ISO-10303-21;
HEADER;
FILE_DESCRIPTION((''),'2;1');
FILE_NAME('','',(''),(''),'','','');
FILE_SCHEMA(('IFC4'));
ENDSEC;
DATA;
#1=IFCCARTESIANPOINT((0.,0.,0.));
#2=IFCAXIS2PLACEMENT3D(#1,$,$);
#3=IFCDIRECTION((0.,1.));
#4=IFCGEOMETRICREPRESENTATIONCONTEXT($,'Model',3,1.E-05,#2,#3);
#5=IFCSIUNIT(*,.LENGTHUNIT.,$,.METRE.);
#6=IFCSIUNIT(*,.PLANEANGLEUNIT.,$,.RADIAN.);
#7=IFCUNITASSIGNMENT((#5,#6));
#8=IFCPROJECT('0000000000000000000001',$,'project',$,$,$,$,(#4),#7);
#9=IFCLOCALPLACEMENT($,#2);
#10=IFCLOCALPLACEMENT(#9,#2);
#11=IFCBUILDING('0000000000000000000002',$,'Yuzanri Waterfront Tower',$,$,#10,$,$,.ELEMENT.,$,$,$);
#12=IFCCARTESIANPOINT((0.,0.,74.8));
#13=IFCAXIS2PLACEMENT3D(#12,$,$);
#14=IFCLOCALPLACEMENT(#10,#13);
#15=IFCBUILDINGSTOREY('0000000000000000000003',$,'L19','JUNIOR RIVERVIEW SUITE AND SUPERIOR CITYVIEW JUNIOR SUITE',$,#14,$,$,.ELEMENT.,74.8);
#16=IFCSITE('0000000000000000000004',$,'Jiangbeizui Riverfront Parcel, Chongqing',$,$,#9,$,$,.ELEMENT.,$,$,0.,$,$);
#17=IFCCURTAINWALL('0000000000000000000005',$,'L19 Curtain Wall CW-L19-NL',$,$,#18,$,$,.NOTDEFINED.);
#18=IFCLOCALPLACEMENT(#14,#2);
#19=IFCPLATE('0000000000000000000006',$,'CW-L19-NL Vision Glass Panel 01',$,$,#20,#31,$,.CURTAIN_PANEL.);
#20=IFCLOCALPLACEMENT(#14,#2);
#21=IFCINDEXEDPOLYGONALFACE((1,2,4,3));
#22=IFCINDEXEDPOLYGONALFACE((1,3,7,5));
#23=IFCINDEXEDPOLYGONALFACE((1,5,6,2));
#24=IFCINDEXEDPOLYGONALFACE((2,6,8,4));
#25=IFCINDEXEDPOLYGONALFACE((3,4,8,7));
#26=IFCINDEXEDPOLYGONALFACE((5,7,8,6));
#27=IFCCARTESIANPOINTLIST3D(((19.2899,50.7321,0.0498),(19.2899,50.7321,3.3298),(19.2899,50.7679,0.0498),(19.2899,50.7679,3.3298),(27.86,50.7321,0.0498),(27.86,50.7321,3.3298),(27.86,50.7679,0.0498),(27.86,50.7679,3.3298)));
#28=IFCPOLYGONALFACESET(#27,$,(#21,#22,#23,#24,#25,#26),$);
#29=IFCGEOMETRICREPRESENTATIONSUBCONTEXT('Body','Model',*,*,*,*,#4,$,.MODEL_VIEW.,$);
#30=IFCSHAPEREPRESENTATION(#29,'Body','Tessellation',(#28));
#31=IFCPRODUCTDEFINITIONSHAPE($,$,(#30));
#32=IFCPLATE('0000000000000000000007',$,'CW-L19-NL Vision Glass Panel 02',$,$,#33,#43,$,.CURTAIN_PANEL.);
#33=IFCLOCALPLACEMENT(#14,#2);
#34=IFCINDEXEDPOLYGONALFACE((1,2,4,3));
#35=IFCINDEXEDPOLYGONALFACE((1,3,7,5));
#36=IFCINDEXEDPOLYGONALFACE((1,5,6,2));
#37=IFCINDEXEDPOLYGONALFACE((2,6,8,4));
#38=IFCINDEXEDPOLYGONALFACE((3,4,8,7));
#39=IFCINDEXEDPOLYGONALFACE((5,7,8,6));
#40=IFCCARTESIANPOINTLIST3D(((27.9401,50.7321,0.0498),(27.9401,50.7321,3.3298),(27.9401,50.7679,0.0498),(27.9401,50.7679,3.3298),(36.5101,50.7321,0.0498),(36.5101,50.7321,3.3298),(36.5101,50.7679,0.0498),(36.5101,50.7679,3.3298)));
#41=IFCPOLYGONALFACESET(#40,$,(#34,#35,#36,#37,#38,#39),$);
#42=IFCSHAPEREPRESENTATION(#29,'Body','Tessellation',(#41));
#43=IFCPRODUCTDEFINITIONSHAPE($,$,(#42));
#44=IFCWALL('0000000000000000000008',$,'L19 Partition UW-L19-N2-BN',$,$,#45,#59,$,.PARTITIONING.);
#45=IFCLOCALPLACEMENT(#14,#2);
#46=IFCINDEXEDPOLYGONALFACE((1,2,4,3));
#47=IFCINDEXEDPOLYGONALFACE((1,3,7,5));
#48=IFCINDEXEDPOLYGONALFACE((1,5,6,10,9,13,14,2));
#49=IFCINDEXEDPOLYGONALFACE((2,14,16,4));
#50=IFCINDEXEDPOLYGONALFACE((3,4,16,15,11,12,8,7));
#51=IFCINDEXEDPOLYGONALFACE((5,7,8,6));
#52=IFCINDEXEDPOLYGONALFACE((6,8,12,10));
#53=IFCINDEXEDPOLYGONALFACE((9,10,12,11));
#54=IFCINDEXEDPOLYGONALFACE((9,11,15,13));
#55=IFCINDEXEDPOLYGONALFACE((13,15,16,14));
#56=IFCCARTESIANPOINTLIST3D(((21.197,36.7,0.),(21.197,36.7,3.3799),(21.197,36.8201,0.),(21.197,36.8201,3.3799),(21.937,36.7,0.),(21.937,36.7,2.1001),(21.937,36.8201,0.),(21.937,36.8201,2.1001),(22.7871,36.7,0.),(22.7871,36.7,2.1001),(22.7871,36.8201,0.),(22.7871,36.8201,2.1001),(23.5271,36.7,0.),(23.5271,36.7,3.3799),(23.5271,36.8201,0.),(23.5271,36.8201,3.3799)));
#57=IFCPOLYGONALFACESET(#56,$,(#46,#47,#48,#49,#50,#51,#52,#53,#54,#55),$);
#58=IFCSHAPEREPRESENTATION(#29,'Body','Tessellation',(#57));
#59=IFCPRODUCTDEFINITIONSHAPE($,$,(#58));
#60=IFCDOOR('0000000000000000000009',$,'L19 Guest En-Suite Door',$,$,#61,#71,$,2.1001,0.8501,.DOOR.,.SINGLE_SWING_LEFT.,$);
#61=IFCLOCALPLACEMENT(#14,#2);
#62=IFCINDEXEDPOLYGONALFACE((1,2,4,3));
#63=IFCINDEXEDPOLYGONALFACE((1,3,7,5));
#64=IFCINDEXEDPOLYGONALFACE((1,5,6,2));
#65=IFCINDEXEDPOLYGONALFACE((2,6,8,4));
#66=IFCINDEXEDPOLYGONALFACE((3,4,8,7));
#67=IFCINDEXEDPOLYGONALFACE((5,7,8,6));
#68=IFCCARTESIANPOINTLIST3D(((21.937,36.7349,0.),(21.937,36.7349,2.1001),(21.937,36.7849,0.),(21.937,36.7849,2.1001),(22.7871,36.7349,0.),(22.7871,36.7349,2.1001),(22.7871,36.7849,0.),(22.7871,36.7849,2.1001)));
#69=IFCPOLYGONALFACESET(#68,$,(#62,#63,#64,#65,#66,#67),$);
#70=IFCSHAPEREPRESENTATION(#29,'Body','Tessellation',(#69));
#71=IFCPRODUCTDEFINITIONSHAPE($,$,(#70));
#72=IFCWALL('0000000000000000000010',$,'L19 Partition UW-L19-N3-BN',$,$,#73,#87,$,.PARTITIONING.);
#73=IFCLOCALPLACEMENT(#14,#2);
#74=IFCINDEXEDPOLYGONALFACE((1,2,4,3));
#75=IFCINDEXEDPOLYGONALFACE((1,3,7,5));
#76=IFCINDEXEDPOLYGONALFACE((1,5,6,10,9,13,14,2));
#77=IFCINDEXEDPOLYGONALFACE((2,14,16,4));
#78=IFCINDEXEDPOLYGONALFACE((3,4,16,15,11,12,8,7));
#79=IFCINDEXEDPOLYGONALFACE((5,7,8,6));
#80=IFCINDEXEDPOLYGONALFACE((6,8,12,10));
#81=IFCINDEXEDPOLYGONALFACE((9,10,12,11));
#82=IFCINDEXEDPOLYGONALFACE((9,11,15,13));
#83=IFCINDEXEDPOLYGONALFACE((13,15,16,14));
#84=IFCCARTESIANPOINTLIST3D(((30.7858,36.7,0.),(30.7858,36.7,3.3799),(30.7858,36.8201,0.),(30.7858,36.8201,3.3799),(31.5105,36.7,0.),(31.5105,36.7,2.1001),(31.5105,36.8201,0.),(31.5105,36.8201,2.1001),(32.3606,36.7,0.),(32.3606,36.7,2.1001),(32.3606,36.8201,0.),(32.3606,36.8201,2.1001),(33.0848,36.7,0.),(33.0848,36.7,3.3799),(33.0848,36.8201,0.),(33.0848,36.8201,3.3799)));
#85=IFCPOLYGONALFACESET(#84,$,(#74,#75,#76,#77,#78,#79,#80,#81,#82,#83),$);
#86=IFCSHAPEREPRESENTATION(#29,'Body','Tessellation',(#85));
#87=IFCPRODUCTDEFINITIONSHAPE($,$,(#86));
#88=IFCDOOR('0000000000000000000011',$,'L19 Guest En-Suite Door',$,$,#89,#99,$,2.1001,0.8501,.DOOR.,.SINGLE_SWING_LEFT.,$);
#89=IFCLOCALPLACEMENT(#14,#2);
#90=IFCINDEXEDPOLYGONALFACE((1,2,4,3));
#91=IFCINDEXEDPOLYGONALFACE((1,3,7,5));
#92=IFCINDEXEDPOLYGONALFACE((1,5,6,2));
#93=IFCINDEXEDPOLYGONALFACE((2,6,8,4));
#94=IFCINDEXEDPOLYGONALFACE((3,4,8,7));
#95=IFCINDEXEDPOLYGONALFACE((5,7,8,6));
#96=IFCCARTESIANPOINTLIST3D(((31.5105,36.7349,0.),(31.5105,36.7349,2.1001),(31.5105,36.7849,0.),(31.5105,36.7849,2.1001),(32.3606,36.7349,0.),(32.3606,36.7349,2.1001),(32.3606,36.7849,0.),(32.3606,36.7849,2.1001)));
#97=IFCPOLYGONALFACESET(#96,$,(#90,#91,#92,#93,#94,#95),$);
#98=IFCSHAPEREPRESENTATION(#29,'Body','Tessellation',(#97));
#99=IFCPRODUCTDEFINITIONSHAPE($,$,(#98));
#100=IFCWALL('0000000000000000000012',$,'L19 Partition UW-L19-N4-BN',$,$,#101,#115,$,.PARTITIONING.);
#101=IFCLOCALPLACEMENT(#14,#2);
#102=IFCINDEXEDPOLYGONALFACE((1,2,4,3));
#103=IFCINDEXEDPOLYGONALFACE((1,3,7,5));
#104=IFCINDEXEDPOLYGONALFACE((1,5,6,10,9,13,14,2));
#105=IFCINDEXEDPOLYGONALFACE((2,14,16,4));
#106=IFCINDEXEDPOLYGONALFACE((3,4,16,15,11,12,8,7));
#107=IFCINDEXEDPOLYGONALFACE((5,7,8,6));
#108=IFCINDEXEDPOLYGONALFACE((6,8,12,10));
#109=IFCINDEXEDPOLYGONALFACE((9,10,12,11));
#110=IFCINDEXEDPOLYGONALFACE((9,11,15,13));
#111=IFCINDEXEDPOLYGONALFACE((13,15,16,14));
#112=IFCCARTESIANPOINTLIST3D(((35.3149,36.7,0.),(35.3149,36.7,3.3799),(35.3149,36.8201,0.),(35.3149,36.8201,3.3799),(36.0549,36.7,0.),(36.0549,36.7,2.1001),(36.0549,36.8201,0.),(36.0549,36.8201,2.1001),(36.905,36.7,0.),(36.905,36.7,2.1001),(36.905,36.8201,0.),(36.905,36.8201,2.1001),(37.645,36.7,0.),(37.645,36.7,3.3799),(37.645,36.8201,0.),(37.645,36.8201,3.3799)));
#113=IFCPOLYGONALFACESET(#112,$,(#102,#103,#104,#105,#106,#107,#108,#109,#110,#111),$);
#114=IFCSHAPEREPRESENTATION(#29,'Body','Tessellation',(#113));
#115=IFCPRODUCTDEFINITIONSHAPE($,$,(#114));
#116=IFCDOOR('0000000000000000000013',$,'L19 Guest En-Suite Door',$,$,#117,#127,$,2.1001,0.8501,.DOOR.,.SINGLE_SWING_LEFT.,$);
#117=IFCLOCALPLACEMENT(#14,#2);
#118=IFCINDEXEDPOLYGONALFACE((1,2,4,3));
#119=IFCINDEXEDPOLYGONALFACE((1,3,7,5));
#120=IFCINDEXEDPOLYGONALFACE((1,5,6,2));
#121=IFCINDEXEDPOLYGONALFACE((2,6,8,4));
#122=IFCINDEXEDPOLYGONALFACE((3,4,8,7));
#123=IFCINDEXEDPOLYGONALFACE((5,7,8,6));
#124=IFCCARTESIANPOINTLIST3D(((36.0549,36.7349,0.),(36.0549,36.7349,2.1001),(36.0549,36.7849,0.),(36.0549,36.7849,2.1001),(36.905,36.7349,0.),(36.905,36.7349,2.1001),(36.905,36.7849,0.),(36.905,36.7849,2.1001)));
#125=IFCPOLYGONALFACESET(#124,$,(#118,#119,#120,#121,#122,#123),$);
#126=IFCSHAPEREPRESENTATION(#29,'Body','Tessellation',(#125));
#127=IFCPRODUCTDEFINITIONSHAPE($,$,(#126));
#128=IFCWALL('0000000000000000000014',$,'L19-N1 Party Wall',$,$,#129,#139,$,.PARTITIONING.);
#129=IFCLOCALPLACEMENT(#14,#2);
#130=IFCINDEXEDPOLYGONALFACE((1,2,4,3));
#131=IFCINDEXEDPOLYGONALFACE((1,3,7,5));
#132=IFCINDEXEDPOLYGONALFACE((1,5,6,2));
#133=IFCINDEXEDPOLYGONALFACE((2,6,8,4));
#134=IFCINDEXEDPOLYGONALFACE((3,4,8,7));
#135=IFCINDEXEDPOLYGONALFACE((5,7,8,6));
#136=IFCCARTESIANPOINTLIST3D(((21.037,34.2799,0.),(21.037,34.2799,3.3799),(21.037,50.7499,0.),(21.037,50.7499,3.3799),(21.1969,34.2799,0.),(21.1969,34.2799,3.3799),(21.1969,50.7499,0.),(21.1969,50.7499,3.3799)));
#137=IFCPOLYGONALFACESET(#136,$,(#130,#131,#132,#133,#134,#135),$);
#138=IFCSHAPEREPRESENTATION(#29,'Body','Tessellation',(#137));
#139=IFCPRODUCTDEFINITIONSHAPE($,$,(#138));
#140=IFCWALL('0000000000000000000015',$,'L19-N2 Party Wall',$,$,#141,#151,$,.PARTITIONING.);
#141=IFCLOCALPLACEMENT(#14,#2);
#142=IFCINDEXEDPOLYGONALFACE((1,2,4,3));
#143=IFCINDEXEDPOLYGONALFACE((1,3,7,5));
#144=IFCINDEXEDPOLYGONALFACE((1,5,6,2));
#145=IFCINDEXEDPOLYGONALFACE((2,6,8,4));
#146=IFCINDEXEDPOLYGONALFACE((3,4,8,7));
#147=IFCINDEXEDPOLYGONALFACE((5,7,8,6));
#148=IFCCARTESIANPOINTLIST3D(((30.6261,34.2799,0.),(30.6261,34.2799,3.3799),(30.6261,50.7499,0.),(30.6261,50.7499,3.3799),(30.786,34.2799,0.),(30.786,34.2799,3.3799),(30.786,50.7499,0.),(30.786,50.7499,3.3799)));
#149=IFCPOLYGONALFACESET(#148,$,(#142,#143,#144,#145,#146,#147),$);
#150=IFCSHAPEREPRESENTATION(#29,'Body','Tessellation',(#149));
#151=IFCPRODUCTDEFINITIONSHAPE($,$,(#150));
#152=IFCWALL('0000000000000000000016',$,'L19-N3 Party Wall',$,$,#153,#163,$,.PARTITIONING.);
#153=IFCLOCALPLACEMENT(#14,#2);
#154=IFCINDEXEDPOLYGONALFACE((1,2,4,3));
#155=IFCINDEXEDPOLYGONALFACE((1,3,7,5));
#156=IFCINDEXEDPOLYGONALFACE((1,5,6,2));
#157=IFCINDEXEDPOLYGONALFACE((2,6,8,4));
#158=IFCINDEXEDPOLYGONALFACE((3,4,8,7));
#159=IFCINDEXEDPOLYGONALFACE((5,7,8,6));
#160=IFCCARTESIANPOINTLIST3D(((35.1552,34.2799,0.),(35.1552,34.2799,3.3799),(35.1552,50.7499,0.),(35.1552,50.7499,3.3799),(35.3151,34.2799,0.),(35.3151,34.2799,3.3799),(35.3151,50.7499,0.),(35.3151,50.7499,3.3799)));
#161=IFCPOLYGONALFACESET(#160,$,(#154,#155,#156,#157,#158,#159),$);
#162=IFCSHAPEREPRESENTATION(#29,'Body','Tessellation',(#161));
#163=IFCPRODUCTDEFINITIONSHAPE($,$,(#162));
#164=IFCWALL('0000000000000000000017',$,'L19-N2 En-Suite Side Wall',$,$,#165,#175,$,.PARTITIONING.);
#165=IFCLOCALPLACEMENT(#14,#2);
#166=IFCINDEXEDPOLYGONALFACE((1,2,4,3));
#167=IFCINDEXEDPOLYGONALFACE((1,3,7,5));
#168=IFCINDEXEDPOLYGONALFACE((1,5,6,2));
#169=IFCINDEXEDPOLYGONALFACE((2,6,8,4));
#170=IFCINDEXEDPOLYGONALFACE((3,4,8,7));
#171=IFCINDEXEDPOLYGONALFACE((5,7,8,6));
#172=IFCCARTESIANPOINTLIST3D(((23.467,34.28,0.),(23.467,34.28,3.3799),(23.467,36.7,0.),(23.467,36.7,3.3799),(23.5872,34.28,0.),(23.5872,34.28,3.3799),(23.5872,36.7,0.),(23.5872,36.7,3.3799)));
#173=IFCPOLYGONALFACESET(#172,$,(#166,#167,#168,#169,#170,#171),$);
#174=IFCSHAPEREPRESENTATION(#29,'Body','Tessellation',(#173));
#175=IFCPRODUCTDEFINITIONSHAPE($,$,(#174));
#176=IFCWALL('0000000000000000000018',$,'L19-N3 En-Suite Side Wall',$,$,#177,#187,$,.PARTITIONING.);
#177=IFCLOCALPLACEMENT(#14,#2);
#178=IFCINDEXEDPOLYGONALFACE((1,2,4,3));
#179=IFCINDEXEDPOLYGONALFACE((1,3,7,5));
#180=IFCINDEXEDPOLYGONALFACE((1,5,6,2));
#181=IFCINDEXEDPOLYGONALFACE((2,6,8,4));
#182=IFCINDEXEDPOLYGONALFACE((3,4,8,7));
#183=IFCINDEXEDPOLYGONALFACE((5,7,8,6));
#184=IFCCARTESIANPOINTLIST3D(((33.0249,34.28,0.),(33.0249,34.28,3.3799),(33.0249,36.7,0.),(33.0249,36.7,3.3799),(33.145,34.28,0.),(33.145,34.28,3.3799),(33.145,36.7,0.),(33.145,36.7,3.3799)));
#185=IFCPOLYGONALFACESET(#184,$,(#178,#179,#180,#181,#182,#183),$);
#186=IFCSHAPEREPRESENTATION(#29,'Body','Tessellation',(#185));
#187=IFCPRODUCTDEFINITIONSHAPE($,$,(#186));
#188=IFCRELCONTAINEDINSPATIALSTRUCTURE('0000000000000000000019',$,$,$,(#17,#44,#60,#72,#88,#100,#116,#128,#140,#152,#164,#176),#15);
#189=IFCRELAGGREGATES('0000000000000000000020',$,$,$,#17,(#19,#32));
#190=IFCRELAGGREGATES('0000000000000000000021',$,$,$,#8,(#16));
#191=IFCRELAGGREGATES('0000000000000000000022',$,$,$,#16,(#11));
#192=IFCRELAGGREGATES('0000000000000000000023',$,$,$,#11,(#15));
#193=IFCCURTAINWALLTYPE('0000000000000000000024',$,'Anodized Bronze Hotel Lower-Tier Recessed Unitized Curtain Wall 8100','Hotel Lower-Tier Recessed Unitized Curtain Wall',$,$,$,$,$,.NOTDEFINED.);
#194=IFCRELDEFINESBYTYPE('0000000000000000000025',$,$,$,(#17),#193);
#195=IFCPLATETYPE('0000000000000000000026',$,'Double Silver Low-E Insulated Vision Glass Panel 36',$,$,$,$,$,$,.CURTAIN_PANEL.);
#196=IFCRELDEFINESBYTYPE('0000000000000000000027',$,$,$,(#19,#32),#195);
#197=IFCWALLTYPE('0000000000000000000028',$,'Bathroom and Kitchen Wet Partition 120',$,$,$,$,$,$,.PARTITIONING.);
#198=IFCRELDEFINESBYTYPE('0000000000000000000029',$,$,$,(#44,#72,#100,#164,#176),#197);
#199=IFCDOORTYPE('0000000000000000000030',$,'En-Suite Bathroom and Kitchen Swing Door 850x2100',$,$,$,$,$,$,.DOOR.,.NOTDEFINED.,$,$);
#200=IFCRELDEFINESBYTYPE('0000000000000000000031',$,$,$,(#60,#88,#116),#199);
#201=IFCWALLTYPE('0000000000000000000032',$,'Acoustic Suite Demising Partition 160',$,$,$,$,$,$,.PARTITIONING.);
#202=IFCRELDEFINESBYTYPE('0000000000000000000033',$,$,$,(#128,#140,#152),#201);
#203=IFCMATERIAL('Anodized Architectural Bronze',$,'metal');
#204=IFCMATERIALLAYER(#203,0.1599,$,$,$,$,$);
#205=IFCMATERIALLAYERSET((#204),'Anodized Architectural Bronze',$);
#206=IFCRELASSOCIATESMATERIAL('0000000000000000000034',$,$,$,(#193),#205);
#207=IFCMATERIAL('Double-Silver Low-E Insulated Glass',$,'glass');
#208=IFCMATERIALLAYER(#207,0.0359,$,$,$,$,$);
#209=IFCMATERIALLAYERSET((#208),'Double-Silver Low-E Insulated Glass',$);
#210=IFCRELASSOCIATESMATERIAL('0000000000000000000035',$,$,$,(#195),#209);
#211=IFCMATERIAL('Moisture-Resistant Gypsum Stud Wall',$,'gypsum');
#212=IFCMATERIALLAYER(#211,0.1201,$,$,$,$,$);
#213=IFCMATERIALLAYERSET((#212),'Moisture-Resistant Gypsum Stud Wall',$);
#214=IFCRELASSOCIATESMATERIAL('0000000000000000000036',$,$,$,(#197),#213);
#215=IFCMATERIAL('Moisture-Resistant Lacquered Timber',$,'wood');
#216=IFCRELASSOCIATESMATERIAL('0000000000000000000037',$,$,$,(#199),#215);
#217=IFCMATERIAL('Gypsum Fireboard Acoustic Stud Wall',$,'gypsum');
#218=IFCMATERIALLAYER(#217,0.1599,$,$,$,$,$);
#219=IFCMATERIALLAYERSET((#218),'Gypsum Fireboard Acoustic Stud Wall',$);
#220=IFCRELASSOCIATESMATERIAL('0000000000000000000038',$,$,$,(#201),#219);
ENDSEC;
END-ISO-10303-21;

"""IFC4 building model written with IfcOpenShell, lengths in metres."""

from ifc_helpers import new_model, si_unit, direction, frame, frame_2d, origin, origin_2d, place, context, subcontext, project, spatial, rectangle, extrude, source, transform, mapped, material, layer, layer_set, type_object, element, fill, aggregate, save


model = new_model("IFC4")

# Units and contexts
model_context = context("Model", 3, precision=1e-05, world=origin(), true_north=direction((0.0, 1.0)))
body_context = subcontext(model_context, "Body", "Model", "MODEL_VIEW")
ifc_project = project(units=[si_unit("LENGTHUNIT", "METRE"), si_unit("PLANEANGLEUNIT", "RADIAN")], contexts=[model_context])

# Site, building, storey
site_placement = place(None, origin())
site = spatial("IfcSite", under=ifc_project, at=site_placement, Name="Jiangbeizui Riverfront Parcel, Chongqing", CompositionType="ELEMENT", RefElevation=0.0)
building_placement = place(site_placement, origin())
building = spatial("IfcBuilding", under=site, at=building_placement, Name="Yuzanri Waterfront Tower", CompositionType="ELEMENT")
storey_placement = place(building_placement, frame((0.0, 0.0, 74.8)))
storey = spatial("IfcBuildingStorey", under=building, at=storey_placement, Name="L19", Description="JUNIOR RIVERVIEW SUITE AND SUPERIOR CITYVIEW JUNIOR SUITE", CompositionType="ELEMENT", Elevation=74.8)

# Curtain wall, plates
ifc_material_1 = material(Name="Anodized Architectural Bronze", Category="metal")
ifc_layer_1 = layer(ifc_material_1, 0.1599)
ifc_layer_set_1 = layer_set([ifc_layer_1], Name="Anodized Architectural Bronze")
curtain_wall_type = type_object("IfcCurtainWallType", Name="Anodized Bronze Hotel Lower-Tier Recessed Unitized Curtain Wall 8100", Description="Hotel Lower-Tier Recessed Unitized Curtain Wall", PredefinedType="NOTDEFINED", material=ifc_layer_set_1)
curtain_wall_placement = place(storey_placement, origin())
curtain_wall = element("IfcCurtainWall", 1, at=curtain_wall_placement, inside=storey, type_object=curtain_wall_type, Name="L19 Curtain Wall CW-L19-NL", PredefinedType="NOTDEFINED")
ifc_material_2 = material(Name="Double-Silver Low-E Insulated Glass", Category="glass")
ifc_layer_2 = layer(ifc_material_2, 0.0359)
ifc_layer_set_2 = layer_set([ifc_layer_2], Name="Double-Silver Low-E Insulated Glass")
plate_type = type_object("IfcPlateType", Name="Double Silver Low-E Insulated Vision Glass Panel 36", PredefinedType="CURTAIN_PANEL", material=ifc_layer_set_2)
shared_shape_1 = source(origin(), body_context, "Body", "SweptSolid", [
    extrude(rectangle(XDim=8.5701, YDim=0.0359, at=origin_2d()), origin(), (0.0, 0.0, 1.0), 3.28),
])
plate_1_placement = place(storey_placement, frame((23.575, 50.75, 0.0498), z_axis=(0.0, 0.0, 1.0), x_axis=(1.0, 0.0, 0.0)))
plate_1 = element("IfcPlate", 2, at=plate_1_placement, type_object=plate_type, Name="CW-L19-NL Vision Glass Panel 01", PredefinedType="CURTAIN_PANEL", context=body_context, shape_type="MappedRepresentation", body=[
    mapped(shared_shape_1, transform((0.0, 0.0, 0.0), scale=1.0)),
])
plate_2_placement = place(storey_placement, frame((32.2251, 50.75, 0.0498), z_axis=(0.0, 0.0, 1.0), x_axis=(1.0, 0.0, 0.0)))
plate_2 = element("IfcPlate", 3, at=plate_2_placement, type_object=plate_type, Name="CW-L19-NL Vision Glass Panel 02", PredefinedType="CURTAIN_PANEL", context=body_context, shape_type="MappedRepresentation", body=[
    mapped(shared_shape_1, transform((0.0, 0.0, 0.0), scale=1.0)),
])
aggregate(curtain_wall, [plate_1, plate_2])

# Walls, openings, doors
ifc_material_3 = material(Name="Moisture-Resistant Gypsum Stud Wall", Category="gypsum")
ifc_layer_3 = layer(ifc_material_3, 0.1201)
ifc_layer_set_3 = layer_set([ifc_layer_3], Name="Moisture-Resistant Gypsum Stud Wall")
wall_type_1 = type_object("IfcWallType", Name="Bathroom and Kitchen Wet Partition 120", PredefinedType="PARTITIONING", material=ifc_layer_set_3)
wall_1_placement = place(storey_placement, frame((21.197, 36.76, 0.0), z_axis=(0.0, 0.0, 1.0), x_axis=(1.0, 0.0, 0.0)))
wall_1 = element("IfcWall", 4, at=wall_1_placement, inside=storey, type_object=wall_type_1, Name="L19 Partition UW-L19-N2-BN", PredefinedType="PARTITIONING", context=body_context, shape_type="SweptSolid", body=[
    extrude(rectangle(XDim=2.3301, YDim=0.1201, at=frame_2d((1.165, 0.0))), origin(), (0.0, 0.0, 1.0), 3.3799),
])
opening_1_placement = place(wall_1_placement, frame((0.74, 0.0, 0.0)))
opening_1 = element("IfcOpeningElement", 5, at=opening_1_placement, cuts=wall_1, PredefinedType="OPENING", context=body_context, shape_type="SweptSolid", body=[
    extrude(rectangle(XDim=0.8501, YDim=2.1001, at=frame_2d((0.425, 1.05))), frame((0.0, 0.075, 0.0), z_axis=(0.0, -1.0, 0.0), x_axis=(1.0, 0.0, 0.0)), (0.0, 0.0, 1.0), 0.1499),
])
ifc_material_4 = material(Name="Moisture-Resistant Lacquered Timber", Category="wood")
door_type = type_object("IfcDoorType", Name="En-Suite Bathroom and Kitchen Swing Door 850x2100", OperationType="NOTDEFINED", PredefinedType="DOOR", material=ifc_material_4)
shared_shape_2 = source(origin(), body_context, "Body", "SweptSolid", [
    extrude(rectangle(XDim=0.8501, YDim=2.1001, at=frame_2d((0.425, 1.05))), frame((0.0, 0.0249, 0.0), z_axis=(0.0, -1.0, 0.0), x_axis=(1.0, 0.0, 0.0)), (0.0, 0.0, 1.0), 0.05),
])
door_1_placement = place(opening_1_placement, origin())
door_1 = element("IfcDoor", 6, at=door_1_placement, inside=storey, type_object=door_type, Name="L19 Guest En-Suite Door", OperationType="SINGLE_SWING_LEFT", OverallHeight=2.1001, OverallWidth=0.8501, PredefinedType="DOOR", context=body_context, shape_type="MappedRepresentation", body=[
    mapped(shared_shape_2, transform((0.0, 0.0, 0.0), scale=1.0)),
])
fill(opening_1, door_1)
wall_2_placement = place(storey_placement, frame((30.7859, 36.76, 0.0), z_axis=(0.0, 0.0, 1.0), x_axis=(1.0, 0.0, 0.0)))
wall_2 = element("IfcWall", 7, at=wall_2_placement, inside=storey, type_object=wall_type_1, Name="L19 Partition UW-L19-N3-BN", PredefinedType="PARTITIONING", context=body_context, shape_type="SweptSolid", body=[
    extrude(rectangle(XDim=2.2991, YDim=0.1201, at=frame_2d((1.1494, 0.0))), origin(), (0.0, 0.0, 1.0), 3.3799),
])
opening_2_placement = place(wall_2_placement, frame((0.7246, 0.0, 0.0)))
opening_2 = element("IfcOpeningElement", 8, at=opening_2_placement, cuts=wall_2, PredefinedType="OPENING", context=body_context, shape_type="SweptSolid", body=[
    extrude(rectangle(XDim=0.8501, YDim=2.1001, at=frame_2d((0.425, 1.05))), frame((0.0, 0.075, 0.0), z_axis=(0.0, -1.0, 0.0), x_axis=(1.0, 0.0, 0.0)), (0.0, 0.0, 1.0), 0.1499),
])
door_2_placement = place(opening_2_placement, origin())
door_2 = element("IfcDoor", 9, at=door_2_placement, inside=storey, type_object=door_type, Name="L19 Guest En-Suite Door", OperationType="SINGLE_SWING_LEFT", OverallHeight=2.1001, OverallWidth=0.8501, PredefinedType="DOOR", context=body_context, shape_type="MappedRepresentation", body=[
    mapped(shared_shape_2, transform((0.0, 0.0, 0.0), scale=1.0)),
])
fill(opening_2, door_2)
wall_3_placement = place(storey_placement, frame((35.3149, 36.76, 0.0), z_axis=(0.0, 0.0, 1.0), x_axis=(1.0, 0.0, 0.0)))
wall_3 = element("IfcWall", 10, at=wall_3_placement, inside=storey, type_object=wall_type_1, Name="L19 Partition UW-L19-N4-BN", PredefinedType="PARTITIONING", context=body_context, shape_type="SweptSolid", body=[
    extrude(rectangle(XDim=2.3301, YDim=0.1201, at=frame_2d((1.165, 0.0))), origin(), (0.0, 0.0, 1.0), 3.3799),
])
opening_3_placement = place(wall_3_placement, frame((0.74, 0.0, 0.0)))
opening_3 = element("IfcOpeningElement", 11, at=opening_3_placement, cuts=wall_3, PredefinedType="OPENING", context=body_context, shape_type="SweptSolid", body=[
    extrude(rectangle(XDim=0.8501, YDim=2.1001, at=frame_2d((0.425, 1.05))), frame((0.0, 0.075, 0.0), z_axis=(0.0, -1.0, 0.0), x_axis=(1.0, 0.0, 0.0)), (0.0, 0.0, 1.0), 0.1499),
])
door_3_placement = place(opening_3_placement, origin())
door_3 = element("IfcDoor", 12, at=door_3_placement, inside=storey, type_object=door_type, Name="L19 Guest En-Suite Door", OperationType="SINGLE_SWING_LEFT", OverallHeight=2.1001, OverallWidth=0.8501, PredefinedType="DOOR", context=body_context, shape_type="MappedRepresentation", body=[
    mapped(shared_shape_2, transform((0.0, 0.0, 0.0), scale=1.0)),
])
fill(opening_3, door_3)

# Walls
ifc_material_5 = material(Name="Gypsum Fireboard Acoustic Stud Wall", Category="gypsum")
ifc_layer_4 = layer(ifc_material_5, 0.1599)
ifc_layer_set_4 = layer_set([ifc_layer_4], Name="Gypsum Fireboard Acoustic Stud Wall")
wall_type_2 = type_object("IfcWallType", Name="Acoustic Suite Demising Partition 160", PredefinedType="PARTITIONING", material=ifc_layer_set_4)
shared_shape_3 = source(origin(), body_context, "Body", "SweptSolid", [
    extrude(rectangle(XDim=16.47, YDim=0.1599, at=frame_2d((8.2349, 0.0))), origin(), (0.0, 0.0, 1.0), 3.3799),
])
for number, where, z_axis, x_axis, name in (
    (13, (21.1169, 34.28, 0.0), (0.0, 0.0, 1.0), (0.0, 1.0, 0.0), "L19-N1 Party Wall"),
    (14, (30.7061, 34.28, 0.0), (0.0, 0.0, 1.0), (0.0, 1.0, 0.0), "L19-N2 Party Wall"),
    (15, (35.2351, 34.28, 0.0), (0.0, 0.0, 1.0), (0.0, 1.0, 0.0), "L19-N3 Party Wall"),
):
    element("IfcWall", number, at=place(storey_placement, frame(where, z_axis=z_axis, x_axis=x_axis)), inside=storey, type_object=wall_type_2, Name=name, PredefinedType="PARTITIONING", context=body_context, shape_type="MappedRepresentation", body=[
        mapped(shared_shape_3, transform((0.0, 0.0, 0.0), scale=1.0)),
    ])
shared_shape_4 = source(origin(), body_context, "Body", "SweptSolid", [
    extrude(rectangle(XDim=2.4199, YDim=0.1201, at=frame_2d((1.21, 0.0))), origin(), (0.0, 0.0, 1.0), 3.3799),
])
for number, where, z_axis, x_axis, name in (
    (16, (23.5271, 34.28, 0.0), (0.0, 0.0, 1.0), (0.0, 1.0, 0.0), "L19-N2 En-Suite Side Wall"),
    (17, (33.085, 34.28, 0.0), (0.0, 0.0, 1.0), (0.0, 1.0, 0.0), "L19-N3 En-Suite Side Wall"),
):
    element("IfcWall", number, at=place(storey_placement, frame(where, z_axis=z_axis, x_axis=x_axis)), inside=storey, type_object=wall_type_1, Name=name, PredefinedType="PARTITIONING", context=body_context, shape_type="MappedRepresentation", body=[
        mapped(shared_shape_4, transform((0.0, 0.0, 0.0), scale=1.0)),
    ])

save(model, "model.ifc")
